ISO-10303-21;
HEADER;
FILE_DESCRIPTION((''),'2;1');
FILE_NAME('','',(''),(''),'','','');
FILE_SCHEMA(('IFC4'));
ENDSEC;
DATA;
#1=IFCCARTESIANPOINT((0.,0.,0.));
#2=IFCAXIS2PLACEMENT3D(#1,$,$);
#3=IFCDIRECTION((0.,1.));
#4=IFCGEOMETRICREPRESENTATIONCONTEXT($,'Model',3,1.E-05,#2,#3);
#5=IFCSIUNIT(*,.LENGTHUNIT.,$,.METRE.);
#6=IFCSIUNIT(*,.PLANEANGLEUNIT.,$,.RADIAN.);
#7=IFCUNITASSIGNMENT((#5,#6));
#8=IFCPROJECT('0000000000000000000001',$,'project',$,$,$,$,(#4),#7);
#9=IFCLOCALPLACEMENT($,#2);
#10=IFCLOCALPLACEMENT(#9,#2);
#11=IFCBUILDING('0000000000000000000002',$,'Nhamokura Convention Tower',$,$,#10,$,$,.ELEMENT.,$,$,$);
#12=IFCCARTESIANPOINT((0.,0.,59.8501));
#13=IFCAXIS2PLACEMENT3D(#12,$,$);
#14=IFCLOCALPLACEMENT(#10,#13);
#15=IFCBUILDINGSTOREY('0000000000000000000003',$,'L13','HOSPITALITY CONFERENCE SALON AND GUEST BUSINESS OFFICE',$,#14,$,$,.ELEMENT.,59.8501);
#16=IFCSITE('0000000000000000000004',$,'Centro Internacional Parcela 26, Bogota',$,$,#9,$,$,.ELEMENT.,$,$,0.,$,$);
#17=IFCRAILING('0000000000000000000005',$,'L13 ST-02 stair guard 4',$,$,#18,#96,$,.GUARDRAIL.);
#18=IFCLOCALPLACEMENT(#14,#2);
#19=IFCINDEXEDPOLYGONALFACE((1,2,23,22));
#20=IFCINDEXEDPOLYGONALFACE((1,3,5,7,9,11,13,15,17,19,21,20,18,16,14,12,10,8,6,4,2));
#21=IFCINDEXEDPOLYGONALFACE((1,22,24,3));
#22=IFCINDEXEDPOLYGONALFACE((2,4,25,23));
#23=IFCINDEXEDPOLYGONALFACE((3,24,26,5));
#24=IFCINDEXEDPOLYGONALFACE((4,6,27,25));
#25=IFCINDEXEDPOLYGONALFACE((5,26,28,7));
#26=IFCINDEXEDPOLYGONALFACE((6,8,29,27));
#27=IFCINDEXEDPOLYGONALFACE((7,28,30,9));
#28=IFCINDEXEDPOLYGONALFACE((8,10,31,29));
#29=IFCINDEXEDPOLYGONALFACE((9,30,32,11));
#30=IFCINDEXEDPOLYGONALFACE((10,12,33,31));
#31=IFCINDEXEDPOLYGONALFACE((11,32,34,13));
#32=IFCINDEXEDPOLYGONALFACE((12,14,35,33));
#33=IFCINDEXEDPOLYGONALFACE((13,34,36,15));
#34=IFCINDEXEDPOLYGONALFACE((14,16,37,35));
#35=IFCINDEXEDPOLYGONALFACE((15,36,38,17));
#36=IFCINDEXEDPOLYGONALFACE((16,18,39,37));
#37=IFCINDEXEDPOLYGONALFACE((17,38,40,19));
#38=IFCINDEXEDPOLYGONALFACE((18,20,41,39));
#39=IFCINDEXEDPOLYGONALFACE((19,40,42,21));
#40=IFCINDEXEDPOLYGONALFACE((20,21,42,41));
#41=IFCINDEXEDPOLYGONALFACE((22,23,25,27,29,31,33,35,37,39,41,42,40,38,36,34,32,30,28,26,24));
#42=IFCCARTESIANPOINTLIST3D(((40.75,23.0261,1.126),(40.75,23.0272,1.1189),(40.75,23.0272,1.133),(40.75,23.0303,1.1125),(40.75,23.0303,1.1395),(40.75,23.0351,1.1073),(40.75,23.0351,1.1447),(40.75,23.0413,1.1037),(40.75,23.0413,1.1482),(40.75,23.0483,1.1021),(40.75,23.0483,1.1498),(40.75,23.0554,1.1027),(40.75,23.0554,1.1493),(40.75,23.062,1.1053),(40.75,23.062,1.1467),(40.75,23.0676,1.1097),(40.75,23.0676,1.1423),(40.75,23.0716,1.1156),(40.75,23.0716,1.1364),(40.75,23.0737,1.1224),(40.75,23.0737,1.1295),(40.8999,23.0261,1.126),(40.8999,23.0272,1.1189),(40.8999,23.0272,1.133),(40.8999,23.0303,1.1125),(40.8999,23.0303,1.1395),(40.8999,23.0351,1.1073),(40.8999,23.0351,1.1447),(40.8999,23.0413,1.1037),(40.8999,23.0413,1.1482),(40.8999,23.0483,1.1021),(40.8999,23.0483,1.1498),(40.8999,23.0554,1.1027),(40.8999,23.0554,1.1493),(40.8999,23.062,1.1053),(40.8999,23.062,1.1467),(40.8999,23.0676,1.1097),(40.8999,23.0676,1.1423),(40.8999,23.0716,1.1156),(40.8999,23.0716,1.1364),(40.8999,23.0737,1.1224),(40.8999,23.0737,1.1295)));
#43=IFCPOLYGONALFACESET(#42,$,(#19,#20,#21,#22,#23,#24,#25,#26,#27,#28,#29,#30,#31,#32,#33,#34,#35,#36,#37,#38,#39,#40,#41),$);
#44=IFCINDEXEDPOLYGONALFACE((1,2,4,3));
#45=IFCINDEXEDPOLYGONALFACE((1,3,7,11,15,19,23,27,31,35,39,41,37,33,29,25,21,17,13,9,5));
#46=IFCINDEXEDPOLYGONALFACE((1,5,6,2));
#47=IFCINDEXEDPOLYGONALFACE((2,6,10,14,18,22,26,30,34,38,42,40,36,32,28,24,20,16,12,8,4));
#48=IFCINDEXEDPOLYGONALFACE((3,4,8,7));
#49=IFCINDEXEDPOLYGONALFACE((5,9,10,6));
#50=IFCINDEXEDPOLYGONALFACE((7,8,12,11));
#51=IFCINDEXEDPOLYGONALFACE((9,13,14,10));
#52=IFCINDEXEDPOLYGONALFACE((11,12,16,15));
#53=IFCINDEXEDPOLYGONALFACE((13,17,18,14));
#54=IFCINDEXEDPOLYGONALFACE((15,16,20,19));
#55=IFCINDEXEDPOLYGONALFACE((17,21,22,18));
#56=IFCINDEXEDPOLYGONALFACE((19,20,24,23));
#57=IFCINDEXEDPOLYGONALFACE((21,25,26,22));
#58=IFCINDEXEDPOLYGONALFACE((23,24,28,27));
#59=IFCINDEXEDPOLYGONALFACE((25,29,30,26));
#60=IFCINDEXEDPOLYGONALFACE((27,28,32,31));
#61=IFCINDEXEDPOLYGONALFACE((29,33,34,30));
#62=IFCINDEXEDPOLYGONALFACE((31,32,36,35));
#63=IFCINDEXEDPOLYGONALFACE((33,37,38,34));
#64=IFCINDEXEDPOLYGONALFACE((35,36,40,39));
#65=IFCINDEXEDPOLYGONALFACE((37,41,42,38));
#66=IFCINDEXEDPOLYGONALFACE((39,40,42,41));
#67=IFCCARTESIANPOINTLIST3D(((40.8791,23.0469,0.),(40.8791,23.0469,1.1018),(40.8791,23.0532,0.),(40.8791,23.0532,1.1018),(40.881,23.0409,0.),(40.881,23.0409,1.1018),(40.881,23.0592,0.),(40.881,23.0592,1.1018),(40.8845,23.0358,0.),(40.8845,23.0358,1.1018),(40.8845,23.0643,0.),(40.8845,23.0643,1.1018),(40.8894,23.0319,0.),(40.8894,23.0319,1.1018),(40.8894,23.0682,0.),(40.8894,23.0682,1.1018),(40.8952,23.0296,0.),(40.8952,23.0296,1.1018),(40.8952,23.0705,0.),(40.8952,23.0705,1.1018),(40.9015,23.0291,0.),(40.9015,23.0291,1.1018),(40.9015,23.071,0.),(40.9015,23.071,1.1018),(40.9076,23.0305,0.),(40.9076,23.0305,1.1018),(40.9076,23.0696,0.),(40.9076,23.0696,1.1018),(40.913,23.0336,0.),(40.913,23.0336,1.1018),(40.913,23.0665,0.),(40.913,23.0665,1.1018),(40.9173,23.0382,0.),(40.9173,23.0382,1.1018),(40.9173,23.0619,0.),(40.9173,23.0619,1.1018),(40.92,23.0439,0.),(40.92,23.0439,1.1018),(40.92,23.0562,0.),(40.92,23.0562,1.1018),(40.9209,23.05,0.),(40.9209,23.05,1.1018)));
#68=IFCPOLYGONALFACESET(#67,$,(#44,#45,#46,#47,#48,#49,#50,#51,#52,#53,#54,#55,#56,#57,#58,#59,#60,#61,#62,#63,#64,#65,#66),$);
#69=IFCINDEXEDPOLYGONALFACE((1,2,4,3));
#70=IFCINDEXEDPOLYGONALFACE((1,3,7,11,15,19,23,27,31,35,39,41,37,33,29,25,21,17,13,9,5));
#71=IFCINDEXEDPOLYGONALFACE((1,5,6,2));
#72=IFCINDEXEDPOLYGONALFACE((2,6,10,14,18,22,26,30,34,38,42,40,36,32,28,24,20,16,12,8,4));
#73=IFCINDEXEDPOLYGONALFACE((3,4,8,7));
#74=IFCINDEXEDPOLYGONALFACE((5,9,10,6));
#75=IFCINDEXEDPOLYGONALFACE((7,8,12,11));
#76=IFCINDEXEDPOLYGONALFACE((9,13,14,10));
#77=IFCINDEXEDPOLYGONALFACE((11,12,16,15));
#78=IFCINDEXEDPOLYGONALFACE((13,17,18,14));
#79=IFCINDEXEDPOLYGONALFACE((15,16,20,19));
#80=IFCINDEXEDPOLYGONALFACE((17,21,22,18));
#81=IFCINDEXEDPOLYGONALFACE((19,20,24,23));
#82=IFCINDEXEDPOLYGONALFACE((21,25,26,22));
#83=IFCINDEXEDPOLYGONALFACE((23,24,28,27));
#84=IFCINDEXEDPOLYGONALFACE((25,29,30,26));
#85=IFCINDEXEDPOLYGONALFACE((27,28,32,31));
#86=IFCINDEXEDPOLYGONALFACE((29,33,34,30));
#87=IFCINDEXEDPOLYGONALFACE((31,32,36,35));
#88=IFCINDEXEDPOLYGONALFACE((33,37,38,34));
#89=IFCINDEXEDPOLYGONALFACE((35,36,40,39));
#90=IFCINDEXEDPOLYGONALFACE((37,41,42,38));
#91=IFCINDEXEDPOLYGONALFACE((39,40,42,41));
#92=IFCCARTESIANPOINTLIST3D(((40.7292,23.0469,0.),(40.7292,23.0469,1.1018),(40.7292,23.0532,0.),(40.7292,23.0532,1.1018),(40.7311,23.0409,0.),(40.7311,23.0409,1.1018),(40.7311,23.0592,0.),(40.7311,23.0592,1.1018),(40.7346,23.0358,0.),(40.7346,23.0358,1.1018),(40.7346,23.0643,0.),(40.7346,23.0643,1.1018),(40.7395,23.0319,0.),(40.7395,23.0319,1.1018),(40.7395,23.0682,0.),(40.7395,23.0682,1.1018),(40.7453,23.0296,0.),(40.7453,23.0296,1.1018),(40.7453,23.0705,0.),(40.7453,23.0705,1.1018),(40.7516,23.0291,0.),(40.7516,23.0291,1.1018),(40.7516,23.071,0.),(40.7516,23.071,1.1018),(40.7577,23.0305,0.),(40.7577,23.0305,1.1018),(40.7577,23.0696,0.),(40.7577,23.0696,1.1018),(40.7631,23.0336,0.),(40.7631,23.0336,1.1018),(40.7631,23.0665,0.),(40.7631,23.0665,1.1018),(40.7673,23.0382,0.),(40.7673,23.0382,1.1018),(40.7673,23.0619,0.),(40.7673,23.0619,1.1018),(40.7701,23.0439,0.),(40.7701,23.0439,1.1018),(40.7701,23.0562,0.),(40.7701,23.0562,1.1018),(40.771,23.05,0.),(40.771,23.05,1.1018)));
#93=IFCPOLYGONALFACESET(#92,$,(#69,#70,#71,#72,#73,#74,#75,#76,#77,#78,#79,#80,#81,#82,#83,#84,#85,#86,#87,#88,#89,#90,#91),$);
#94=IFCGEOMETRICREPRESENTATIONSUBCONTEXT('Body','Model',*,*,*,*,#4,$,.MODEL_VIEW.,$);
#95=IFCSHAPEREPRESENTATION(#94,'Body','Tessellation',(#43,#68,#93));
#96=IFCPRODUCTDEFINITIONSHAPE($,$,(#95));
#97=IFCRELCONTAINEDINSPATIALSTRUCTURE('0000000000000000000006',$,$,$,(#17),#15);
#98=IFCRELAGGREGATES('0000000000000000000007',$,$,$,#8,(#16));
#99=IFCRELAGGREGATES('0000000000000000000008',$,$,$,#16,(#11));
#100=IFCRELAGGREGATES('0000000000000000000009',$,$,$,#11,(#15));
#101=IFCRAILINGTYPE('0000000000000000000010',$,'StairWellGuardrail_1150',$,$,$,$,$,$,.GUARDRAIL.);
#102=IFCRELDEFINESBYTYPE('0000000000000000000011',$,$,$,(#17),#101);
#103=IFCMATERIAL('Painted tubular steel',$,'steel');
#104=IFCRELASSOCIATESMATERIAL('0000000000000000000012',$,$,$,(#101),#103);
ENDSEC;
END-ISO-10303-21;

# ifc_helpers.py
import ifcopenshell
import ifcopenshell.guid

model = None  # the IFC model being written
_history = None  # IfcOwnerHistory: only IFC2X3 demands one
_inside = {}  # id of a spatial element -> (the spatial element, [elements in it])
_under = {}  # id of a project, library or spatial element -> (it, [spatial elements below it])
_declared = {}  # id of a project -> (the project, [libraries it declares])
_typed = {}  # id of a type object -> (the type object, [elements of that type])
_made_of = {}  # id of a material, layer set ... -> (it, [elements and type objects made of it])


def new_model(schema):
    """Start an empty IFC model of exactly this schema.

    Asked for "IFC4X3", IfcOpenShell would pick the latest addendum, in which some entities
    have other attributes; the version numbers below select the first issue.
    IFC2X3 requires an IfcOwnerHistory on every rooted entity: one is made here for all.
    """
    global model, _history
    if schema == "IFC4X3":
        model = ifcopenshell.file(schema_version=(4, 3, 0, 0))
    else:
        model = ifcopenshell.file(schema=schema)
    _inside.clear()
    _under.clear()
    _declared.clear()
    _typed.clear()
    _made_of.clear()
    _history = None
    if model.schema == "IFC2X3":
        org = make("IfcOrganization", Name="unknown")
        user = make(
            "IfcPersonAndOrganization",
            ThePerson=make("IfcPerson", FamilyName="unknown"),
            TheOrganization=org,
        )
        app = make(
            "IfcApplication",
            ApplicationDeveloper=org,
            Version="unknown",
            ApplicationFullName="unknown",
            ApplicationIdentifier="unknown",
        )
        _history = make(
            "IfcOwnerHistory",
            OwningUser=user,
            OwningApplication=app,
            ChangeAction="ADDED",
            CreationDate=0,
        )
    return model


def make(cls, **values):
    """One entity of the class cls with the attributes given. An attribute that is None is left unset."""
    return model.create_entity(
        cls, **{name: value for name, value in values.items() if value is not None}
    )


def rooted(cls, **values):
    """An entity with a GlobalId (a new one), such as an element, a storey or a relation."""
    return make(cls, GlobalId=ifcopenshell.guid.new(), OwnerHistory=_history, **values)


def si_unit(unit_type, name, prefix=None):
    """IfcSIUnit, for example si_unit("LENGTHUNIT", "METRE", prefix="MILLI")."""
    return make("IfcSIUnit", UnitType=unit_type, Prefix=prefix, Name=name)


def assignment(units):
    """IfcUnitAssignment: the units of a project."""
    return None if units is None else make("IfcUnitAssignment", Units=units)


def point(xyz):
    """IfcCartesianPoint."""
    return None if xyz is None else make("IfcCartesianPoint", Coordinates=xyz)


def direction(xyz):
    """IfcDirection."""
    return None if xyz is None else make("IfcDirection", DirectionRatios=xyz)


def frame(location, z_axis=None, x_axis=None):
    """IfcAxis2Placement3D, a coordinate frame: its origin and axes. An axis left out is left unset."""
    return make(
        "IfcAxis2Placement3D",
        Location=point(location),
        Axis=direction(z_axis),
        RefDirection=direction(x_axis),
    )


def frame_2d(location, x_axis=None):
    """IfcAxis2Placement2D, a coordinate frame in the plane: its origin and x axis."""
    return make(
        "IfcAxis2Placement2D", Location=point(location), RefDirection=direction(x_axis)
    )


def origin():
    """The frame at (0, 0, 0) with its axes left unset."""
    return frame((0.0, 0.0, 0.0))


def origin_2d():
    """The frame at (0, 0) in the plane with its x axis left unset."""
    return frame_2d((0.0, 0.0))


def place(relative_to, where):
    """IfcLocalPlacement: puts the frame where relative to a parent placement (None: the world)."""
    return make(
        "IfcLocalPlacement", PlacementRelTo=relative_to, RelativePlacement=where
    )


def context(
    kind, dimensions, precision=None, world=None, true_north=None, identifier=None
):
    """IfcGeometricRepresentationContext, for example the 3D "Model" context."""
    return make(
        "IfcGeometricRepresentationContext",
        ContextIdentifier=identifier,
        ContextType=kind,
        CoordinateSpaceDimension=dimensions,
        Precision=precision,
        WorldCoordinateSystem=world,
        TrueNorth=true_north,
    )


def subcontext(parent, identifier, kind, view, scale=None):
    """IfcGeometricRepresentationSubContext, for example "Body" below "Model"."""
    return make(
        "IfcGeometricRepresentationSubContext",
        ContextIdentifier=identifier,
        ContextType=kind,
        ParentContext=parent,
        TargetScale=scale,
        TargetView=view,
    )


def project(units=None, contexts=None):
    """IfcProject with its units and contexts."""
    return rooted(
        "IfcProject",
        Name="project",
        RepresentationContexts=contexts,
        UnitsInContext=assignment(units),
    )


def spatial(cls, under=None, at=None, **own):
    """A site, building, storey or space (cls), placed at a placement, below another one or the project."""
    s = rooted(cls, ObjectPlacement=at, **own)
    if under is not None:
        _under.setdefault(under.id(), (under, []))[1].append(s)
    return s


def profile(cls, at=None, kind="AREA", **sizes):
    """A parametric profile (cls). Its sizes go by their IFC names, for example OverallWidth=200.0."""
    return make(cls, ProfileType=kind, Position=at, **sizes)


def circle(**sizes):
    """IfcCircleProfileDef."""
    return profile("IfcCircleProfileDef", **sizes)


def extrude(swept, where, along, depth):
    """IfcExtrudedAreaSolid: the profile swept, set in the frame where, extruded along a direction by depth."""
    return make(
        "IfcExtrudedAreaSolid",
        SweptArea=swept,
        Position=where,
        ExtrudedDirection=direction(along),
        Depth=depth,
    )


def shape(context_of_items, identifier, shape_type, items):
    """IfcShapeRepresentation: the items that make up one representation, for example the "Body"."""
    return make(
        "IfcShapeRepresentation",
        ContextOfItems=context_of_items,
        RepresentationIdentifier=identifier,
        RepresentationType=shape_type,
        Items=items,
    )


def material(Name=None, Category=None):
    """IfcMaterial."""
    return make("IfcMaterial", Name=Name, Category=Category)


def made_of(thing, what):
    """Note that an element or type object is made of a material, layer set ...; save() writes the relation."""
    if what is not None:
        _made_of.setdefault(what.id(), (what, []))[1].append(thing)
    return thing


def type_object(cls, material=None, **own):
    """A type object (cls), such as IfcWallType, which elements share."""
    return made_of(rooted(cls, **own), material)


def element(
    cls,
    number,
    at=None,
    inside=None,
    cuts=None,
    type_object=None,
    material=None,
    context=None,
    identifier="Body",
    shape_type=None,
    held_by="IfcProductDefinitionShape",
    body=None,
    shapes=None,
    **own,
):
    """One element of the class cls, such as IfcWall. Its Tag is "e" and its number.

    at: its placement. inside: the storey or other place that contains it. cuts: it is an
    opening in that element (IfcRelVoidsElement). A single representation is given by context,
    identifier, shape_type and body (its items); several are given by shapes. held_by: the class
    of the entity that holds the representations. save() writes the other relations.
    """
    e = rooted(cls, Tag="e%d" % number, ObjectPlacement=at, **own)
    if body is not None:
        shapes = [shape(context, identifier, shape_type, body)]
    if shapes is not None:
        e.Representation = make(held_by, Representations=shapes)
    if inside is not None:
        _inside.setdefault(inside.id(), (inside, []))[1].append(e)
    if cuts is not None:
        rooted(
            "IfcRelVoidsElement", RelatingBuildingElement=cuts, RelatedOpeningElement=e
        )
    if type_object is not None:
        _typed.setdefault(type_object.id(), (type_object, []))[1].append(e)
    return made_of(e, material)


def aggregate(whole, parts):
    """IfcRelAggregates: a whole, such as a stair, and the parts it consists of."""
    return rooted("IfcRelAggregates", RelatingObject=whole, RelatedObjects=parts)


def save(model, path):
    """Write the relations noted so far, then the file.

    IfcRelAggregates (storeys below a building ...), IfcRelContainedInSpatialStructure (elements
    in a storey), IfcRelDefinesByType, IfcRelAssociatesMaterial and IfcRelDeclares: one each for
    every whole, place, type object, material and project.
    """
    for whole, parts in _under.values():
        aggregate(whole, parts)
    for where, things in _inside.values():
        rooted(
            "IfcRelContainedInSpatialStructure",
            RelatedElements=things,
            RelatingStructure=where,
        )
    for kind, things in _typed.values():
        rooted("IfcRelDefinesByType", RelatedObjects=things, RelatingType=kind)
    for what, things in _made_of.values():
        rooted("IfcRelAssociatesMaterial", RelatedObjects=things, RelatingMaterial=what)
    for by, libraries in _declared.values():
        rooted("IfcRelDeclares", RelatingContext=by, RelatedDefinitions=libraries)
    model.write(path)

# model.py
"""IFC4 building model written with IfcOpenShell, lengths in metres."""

from ifc_helpers import new_model, si_unit, direction, frame, origin, origin_2d, place, context, subcontext, project, spatial, circle, extrude, material, type_object, element, save


model = new_model("IFC4")

# Units and contexts
model_context = context("Model", 3, precision=1e-05, world=origin(), true_north=direction((0.0, 1.0)))
body_context = subcontext(model_context, "Body", "Model", "MODEL_VIEW")
ifc_project = project(units=[si_unit("LENGTHUNIT", "METRE"), si_unit("PLANEANGLEUNIT", "RADIAN")], contexts=[model_context])

# Site, building, storey
site_placement = place(None, origin())
site = spatial("IfcSite", under=ifc_project, at=site_placement, Name="Centro Internacional Parcela 26, Bogota", CompositionType="ELEMENT", RefElevation=0.0)
building_placement = place(site_placement, origin())
building = spatial("IfcBuilding", under=site, at=building_placement, Name="Nhamokura Convention Tower", CompositionType="ELEMENT")
storey_placement = place(building_placement, frame((0.0, 0.0, 59.8501)))
storey = spatial("IfcBuildingStorey", under=building, at=storey_placement, Name="L13", Description="HOSPITALITY CONFERENCE SALON AND GUEST BUSINESS OFFICE", CompositionType="ELEMENT", Elevation=59.8501)

# Railing
ifc_material_1 = material(Name="Painted tubular steel", Category="steel")
railing_type_1 = type_object("IfcRailingType", Name="StairWellGuardrail_1150", PredefinedType="GUARDRAIL", material=ifc_material_1)
railing_1_placement = place(storey_placement, frame((40.8999, 23.05, 0.0)))
element("IfcRailing", 1, at=railing_1_placement, inside=storey, type_object=railing_type_1, Name="L13 ST-02 stair guard 4", PredefinedType="GUARDRAIL", context=body_context, shape_type="SweptSolid", body=[
    extrude(circle(Radius=0.0239, at=origin_2d()), frame((0.0, 0.0, 1.126), z_axis=(-1.0, 0.0, 0.0), x_axis=(0.0, -1.0, 0.0)), (0.0, 0.0, 1.0), 0.1499),
    extrude(circle(Radius=0.021, at=origin_2d()), origin(), (0.0, 0.0, 1.0), 1.1018),
    extrude(circle(Radius=0.021, at=origin_2d()), frame((-0.1499, 0.0, 0.0)), (0.0, 0.0, 1.0), 1.1018),
])

save(model, "model.ifc")
